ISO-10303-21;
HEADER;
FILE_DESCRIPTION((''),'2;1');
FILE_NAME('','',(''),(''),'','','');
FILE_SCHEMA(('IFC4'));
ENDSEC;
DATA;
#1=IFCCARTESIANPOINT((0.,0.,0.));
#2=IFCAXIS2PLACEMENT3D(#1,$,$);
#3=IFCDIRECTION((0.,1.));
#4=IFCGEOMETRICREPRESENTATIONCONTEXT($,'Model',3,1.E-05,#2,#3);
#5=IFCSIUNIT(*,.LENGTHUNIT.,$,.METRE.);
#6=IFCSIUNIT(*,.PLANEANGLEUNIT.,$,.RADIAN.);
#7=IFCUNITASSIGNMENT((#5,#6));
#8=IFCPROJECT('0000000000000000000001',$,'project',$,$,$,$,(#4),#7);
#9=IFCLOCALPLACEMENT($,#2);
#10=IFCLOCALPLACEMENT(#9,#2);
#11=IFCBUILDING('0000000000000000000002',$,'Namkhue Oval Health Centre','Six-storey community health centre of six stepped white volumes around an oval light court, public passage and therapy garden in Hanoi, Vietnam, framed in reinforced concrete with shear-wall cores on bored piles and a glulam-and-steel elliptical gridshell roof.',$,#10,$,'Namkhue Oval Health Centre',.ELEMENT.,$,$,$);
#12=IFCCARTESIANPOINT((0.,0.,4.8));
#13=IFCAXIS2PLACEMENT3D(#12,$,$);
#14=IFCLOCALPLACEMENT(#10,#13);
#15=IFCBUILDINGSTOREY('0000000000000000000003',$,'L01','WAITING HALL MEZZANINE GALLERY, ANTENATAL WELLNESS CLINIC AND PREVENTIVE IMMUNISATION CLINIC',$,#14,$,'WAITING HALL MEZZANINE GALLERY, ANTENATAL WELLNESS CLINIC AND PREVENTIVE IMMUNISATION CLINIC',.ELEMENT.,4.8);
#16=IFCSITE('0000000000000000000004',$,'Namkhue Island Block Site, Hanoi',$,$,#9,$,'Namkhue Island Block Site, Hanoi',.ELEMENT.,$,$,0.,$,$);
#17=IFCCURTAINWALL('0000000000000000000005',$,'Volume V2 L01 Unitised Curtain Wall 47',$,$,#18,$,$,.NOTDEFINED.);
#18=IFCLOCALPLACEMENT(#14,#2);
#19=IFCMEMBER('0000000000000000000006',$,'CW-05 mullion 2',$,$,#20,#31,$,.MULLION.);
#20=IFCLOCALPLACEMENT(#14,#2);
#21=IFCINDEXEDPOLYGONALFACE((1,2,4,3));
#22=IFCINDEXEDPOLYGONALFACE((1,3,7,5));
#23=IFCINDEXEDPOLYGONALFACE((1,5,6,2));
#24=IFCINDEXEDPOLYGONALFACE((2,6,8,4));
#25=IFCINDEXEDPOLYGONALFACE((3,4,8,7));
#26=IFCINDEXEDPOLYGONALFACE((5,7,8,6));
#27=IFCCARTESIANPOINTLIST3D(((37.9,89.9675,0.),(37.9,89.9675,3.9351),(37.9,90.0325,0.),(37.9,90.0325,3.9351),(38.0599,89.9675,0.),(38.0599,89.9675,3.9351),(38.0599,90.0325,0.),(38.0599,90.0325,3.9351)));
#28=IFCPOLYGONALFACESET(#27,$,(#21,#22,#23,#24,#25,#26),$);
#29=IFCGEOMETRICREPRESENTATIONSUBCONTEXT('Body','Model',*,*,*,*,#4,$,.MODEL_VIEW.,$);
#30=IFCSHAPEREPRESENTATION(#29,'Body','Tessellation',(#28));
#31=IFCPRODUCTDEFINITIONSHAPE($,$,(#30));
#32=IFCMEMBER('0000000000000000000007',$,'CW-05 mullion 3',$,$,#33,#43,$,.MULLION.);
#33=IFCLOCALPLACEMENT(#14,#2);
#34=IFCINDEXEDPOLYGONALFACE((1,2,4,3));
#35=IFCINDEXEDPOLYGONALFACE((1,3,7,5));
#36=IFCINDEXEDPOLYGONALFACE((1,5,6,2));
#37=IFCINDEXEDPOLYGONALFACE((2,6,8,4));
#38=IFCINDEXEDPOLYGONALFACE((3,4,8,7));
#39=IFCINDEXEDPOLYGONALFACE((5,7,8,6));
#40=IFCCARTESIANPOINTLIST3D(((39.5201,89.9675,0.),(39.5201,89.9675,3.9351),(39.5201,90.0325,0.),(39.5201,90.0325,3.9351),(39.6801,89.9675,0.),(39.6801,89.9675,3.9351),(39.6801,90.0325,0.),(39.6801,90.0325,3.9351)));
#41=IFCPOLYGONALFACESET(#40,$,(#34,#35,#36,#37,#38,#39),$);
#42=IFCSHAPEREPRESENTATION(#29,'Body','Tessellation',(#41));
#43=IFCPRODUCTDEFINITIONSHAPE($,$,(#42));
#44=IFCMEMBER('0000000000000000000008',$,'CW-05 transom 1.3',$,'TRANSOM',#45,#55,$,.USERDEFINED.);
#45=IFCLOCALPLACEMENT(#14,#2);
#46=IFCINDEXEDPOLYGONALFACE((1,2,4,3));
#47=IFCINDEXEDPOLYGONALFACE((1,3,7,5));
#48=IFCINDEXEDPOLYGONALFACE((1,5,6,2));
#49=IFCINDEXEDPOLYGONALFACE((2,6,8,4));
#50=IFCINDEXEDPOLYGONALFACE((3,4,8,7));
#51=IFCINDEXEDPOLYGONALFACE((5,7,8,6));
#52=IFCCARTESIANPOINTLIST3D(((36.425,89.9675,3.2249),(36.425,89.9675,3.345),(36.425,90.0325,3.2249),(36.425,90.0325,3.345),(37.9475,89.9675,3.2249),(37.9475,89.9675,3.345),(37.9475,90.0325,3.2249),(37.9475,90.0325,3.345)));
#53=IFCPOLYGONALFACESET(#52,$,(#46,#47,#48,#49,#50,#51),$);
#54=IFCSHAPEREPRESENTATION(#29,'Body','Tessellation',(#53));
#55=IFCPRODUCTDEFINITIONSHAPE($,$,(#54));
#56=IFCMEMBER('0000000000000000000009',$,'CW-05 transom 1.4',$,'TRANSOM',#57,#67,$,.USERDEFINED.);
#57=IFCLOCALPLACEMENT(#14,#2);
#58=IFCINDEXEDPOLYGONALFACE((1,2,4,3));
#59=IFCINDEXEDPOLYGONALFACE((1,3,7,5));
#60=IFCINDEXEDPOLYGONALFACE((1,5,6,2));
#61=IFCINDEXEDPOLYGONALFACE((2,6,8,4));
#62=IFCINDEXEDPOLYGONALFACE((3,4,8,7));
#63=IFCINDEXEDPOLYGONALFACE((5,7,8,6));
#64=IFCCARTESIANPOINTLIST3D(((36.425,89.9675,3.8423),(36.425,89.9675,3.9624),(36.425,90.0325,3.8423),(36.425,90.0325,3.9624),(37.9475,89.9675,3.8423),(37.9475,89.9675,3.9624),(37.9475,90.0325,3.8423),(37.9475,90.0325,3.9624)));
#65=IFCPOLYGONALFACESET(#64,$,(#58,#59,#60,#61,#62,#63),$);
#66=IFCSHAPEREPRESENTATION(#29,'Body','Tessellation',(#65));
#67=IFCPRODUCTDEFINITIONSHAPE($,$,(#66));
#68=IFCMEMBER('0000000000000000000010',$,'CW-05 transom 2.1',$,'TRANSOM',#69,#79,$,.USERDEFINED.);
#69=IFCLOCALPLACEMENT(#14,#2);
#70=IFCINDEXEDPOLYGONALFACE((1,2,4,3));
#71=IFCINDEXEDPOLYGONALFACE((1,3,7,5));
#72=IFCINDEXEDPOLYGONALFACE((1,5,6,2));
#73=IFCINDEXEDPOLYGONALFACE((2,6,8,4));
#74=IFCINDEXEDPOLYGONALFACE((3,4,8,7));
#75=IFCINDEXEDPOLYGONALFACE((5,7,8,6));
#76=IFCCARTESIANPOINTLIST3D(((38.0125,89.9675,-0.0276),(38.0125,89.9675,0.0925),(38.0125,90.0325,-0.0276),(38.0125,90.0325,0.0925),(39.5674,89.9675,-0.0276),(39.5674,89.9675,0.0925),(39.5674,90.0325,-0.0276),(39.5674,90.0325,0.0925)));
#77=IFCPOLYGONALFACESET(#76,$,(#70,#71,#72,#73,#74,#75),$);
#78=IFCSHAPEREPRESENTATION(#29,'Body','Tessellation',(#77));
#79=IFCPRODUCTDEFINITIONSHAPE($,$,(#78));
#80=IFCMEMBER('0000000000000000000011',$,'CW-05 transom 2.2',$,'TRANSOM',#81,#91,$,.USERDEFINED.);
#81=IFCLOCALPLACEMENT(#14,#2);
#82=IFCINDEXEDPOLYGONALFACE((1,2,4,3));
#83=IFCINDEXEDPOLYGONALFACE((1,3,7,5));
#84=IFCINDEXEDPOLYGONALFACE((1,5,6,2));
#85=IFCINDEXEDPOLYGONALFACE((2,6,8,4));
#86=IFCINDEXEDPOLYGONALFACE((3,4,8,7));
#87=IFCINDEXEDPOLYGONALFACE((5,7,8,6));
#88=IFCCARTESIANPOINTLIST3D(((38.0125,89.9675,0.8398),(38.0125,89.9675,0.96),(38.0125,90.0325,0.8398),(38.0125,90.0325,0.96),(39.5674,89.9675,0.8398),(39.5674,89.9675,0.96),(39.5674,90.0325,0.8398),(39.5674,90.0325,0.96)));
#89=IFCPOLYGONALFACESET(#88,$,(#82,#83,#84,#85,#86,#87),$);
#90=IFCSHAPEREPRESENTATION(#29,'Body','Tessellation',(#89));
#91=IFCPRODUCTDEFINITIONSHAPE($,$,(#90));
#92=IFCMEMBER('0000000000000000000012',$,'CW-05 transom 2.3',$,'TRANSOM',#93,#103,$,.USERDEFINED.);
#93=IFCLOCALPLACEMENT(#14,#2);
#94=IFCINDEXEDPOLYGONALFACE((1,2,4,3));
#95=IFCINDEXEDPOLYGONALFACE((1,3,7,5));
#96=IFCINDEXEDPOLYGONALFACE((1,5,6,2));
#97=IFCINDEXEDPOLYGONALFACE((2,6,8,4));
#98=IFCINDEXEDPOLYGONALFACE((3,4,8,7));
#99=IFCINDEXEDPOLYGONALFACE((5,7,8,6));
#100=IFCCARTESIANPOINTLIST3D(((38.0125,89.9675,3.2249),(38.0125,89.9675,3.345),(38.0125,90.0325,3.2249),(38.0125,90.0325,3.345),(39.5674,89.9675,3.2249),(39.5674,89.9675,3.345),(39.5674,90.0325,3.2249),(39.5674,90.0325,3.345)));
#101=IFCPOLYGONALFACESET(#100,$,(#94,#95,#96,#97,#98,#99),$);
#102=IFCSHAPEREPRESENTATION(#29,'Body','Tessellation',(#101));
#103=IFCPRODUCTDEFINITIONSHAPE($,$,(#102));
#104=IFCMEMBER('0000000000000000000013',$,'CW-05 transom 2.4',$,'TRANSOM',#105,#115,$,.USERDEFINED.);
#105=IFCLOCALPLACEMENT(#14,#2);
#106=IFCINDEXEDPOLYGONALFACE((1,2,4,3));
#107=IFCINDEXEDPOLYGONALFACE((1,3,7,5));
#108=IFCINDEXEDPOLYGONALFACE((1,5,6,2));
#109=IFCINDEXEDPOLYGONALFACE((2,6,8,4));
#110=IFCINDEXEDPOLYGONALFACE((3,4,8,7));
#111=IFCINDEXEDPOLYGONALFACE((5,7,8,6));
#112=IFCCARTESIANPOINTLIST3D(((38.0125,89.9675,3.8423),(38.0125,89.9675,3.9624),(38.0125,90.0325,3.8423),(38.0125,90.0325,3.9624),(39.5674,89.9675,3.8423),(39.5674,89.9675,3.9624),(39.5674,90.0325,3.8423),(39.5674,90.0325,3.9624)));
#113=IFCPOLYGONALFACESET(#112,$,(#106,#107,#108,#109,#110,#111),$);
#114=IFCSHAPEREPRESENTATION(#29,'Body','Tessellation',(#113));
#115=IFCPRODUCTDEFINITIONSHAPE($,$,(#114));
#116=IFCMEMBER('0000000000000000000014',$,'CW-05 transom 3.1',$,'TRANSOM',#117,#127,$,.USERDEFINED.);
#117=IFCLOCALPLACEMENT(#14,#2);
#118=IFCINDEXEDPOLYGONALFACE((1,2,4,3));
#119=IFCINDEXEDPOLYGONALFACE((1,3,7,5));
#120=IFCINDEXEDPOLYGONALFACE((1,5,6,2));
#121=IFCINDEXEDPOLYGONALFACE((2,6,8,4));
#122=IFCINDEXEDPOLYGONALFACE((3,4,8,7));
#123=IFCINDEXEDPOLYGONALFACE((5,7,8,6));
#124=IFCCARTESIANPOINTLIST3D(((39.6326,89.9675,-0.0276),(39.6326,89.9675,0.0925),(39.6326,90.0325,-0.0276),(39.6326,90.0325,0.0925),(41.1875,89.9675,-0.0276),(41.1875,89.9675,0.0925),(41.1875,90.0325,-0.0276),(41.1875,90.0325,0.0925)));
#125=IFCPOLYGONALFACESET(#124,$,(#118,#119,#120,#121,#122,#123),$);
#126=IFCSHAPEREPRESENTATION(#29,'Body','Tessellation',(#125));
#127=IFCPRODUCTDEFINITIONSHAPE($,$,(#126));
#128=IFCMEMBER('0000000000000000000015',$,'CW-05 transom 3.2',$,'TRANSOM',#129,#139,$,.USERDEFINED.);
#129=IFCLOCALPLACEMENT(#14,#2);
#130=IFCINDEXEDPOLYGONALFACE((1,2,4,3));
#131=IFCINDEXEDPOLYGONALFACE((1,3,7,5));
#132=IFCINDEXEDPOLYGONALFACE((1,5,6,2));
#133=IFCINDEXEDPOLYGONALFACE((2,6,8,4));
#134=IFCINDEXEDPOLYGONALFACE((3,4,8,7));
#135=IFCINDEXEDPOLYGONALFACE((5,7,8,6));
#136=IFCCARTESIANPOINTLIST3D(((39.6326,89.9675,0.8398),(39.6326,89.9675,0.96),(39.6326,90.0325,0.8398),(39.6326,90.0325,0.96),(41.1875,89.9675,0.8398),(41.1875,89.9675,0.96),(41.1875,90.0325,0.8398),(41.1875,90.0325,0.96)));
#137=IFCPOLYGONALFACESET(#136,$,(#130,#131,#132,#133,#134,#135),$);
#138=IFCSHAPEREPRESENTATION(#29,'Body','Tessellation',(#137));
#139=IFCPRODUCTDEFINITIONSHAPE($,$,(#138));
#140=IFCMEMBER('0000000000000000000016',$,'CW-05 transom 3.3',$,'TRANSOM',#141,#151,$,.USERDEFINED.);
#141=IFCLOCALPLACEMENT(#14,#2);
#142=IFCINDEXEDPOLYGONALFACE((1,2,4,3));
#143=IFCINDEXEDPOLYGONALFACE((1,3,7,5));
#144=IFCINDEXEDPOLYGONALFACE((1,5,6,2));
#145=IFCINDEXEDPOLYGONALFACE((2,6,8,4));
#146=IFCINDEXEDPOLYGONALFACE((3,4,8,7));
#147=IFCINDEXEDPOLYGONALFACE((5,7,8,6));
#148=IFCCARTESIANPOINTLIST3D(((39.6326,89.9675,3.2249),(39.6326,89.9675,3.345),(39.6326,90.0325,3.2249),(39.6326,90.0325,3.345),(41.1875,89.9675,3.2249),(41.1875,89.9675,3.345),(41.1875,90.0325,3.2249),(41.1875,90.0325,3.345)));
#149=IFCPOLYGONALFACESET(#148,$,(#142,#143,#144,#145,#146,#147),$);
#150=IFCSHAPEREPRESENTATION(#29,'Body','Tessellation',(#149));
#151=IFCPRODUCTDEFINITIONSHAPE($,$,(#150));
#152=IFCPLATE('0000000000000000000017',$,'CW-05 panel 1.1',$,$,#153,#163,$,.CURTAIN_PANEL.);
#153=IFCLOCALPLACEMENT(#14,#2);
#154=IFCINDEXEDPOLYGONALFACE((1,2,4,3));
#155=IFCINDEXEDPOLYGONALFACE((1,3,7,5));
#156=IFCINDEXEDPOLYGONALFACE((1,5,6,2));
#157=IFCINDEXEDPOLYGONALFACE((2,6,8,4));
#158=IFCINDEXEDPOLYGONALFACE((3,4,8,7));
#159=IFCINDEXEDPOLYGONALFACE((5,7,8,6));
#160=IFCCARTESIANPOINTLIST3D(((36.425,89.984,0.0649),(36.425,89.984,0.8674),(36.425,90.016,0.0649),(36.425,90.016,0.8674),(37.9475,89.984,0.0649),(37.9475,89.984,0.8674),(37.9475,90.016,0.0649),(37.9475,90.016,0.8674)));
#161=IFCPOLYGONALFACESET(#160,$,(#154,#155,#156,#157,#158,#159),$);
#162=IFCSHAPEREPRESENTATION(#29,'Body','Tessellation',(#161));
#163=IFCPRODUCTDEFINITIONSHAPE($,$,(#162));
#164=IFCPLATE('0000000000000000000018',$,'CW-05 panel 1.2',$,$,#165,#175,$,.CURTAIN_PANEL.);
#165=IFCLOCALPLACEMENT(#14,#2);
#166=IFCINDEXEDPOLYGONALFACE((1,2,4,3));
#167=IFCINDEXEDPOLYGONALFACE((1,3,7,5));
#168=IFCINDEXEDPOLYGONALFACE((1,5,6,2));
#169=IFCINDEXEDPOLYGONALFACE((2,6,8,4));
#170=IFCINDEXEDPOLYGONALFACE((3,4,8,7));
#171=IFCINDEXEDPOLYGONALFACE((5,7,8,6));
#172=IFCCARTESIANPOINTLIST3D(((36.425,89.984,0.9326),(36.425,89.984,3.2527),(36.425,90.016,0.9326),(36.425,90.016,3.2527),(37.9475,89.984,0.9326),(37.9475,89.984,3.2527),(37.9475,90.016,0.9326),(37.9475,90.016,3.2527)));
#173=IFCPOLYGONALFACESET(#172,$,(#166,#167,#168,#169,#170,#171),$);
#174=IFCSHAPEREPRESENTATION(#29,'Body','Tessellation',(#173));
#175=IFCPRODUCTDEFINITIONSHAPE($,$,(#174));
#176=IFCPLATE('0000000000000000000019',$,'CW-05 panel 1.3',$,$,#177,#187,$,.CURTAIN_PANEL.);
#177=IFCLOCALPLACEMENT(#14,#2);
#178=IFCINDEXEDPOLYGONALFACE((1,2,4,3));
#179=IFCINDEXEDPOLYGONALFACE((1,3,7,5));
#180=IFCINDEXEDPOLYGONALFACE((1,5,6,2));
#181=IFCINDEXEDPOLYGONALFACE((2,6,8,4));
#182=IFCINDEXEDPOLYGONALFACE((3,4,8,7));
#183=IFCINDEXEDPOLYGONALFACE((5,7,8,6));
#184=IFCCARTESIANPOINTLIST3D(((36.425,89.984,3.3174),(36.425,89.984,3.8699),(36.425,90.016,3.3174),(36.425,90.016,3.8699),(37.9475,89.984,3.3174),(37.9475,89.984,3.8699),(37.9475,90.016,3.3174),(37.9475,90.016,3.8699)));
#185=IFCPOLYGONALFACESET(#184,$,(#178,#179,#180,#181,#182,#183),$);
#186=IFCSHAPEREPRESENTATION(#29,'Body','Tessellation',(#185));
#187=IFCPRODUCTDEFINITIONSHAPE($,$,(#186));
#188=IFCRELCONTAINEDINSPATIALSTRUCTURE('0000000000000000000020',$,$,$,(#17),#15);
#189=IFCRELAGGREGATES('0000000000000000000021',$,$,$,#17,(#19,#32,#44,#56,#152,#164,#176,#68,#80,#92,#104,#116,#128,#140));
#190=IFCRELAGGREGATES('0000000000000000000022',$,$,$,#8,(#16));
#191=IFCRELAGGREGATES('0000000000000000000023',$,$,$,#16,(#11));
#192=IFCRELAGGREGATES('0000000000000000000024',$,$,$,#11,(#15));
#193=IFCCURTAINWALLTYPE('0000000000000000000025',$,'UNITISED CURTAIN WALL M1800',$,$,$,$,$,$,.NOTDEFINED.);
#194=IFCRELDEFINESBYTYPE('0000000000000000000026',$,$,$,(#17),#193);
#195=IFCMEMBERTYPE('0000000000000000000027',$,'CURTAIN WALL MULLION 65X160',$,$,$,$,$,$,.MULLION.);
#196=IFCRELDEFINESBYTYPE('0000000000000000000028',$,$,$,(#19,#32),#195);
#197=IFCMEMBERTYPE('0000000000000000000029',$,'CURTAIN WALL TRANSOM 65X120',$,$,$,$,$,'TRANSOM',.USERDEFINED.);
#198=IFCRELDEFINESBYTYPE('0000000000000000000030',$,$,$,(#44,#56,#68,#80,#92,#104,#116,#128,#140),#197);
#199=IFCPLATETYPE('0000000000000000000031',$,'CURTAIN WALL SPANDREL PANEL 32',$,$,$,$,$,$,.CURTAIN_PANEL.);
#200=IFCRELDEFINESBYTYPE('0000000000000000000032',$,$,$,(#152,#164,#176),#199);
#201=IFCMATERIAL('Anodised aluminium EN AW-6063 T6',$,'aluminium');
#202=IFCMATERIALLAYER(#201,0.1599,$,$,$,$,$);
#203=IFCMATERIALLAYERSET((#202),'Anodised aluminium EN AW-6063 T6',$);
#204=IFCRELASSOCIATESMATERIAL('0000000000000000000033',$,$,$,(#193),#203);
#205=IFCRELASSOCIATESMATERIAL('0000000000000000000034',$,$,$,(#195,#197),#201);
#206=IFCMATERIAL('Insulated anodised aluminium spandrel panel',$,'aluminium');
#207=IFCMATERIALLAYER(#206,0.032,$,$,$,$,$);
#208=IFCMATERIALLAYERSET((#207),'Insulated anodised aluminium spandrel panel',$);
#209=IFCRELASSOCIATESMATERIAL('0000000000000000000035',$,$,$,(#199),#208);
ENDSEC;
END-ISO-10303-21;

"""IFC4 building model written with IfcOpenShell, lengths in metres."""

from ifc_helpers import new_model, si_unit, direction, frame, origin, origin_2d, place, context, subcontext, project, spatial, rectangle, extrude, material, layer, layer_set, material_profile, profile_set, type_object, element, aggregate, save


model = new_model("IFC4")

# Units and contexts
model_context = context("Model", 3, precision=1e-05, world=origin(), true_north=direction((0.0, 1.0)))
body_context = subcontext(model_context, "Body", "Model", "MODEL_VIEW")
ifc_project = project(units=[si_unit("LENGTHUNIT", "METRE"), si_unit("PLANEANGLEUNIT", "RADIAN")], contexts=[model_context])

# Site, building, storey
site_placement = place(None, origin())
site = spatial("IfcSite", under=ifc_project, at=site_placement, Name="Namkhue Island Block Site, Hanoi", LongName="Namkhue Island Block Site, Hanoi", CompositionType="ELEMENT", RefElevation=0.0)
building_placement = place(site_placement, origin())
building = spatial("IfcBuilding", under=site, at=building_placement, Name="Namkhue Oval Health Centre", Description="Six-storey community health centre of six stepped white volumes around an oval light court, public passage and therapy garden in Hanoi, Vietnam, framed in reinforced concrete with shear-wall cores on bored piles and a glulam-and-steel elliptical gridshell roof.", LongName="Namkhue Oval Health Centre", CompositionType="ELEMENT")
storey_placement = place(building_placement, frame((0.0, 0.0, 4.8)))
storey = spatial("IfcBuildingStorey", under=building, at=storey_placement, Name="L01", Description="WAITING HALL MEZZANINE GALLERY, ANTENATAL WELLNESS CLINIC AND PREVENTIVE IMMUNISATION CLINIC", LongName="WAITING HALL MEZZANINE GALLERY, ANTENATAL WELLNESS CLINIC AND PREVENTIVE IMMUNISATION CLINIC", CompositionType="ELEMENT", Elevation=4.8)

# Curtain wall, members, plates
ifc_material_1 = material(Name="Anodised aluminium EN AW-6063 T6", Category="aluminium")
ifc_layer_1 = layer(ifc_material_1, 0.1599)
ifc_layer_set_1 = layer_set([ifc_layer_1], Name="Anodised aluminium EN AW-6063 T6")
curtain_wall_type = type_object("IfcCurtainWallType", Name="UNITISED CURTAIN WALL M1800", PredefinedType="NOTDEFINED", material=ifc_layer_set_1)
curtain_wall_placement = place(storey_placement, origin())
curtain_wall = element("IfcCurtainWall", 1, at=curtain_wall_placement, inside=storey, type_object=curtain_wall_type, Name="Volume V2 L01 Unitised Curtain Wall 47", PredefinedType="NOTDEFINED")
ifc_material_profile_1 = material_profile(ifc_material_1, rectangle(XDim=0.0649, YDim=0.1599, at=origin_2d()), Name="ALU 65x160")
ifc_profile_set_1 = profile_set([ifc_material_profile_1], Name="Anodised aluminium EN AW-6063 T6")
member_type_1 = type_object("IfcMemberType", Name="CURTAIN WALL MULLION 65X160", PredefinedType="MULLION", material=ifc_profile_set_1)
member_1_placement = place(storey_placement, frame((37.98, 90.0, 0.0), z_axis=(0.0, 0.0, 1.0), x_axis=(0.0, 1.0, 0.0)))
member_1 = element("IfcMember", 2, at=member_1_placement, type_object=member_type_1, Name="CW-05 mullion 2", PredefinedType="MULLION", context=body_context, shape_type="SweptSolid", body=[
    extrude(rectangle(XDim=0.0649, YDim=0.1599, at=origin_2d()), origin(), (0.0, 0.0, 1.0), 3.9351),
])
member_2_placement = place(storey_placement, frame((39.6001, 90.0, 0.0), z_axis=(0.0, 0.0, 1.0), x_axis=(0.0, 1.0, 0.0)))
member_2 = element("IfcMember", 3, at=member_2_placement, type_object=member_type_1, Name="CW-05 mullion 3", PredefinedType="MULLION", context=body_context, shape_type="SweptSolid", body=[
    extrude(rectangle(XDim=0.0649, YDim=0.1599, at=origin_2d()), origin(), (0.0, 0.0, 1.0), 3.9351),
])
ifc_material_profile_2 = material_profile(ifc_material_1, rectangle(XDim=0.0649, YDim=0.1201, at=origin_2d()), Name="ALU 65x120")
ifc_profile_set_2 = profile_set([ifc_material_profile_2], Name="Anodised aluminium EN AW-6063 T6")
member_type_2 = type_object("IfcMemberType", Name="CURTAIN WALL TRANSOM 65X120", ElementType="TRANSOM", PredefinedType="USERDEFINED", material=ifc_profile_set_2)
member_3_placement = place(storey_placement, frame((36.425, 90.0, 3.2849), z_axis=(1.0, 0.0, 0.0), x_axis=(0.0, 1.0, 0.0)))
member_3 = element("IfcMember", 4, at=member_3_placement, type_object=member_type_2, Name="CW-05 transom 1.3", ObjectType="TRANSOM", PredefinedType="USERDEFINED", context=body_context, shape_type="SweptSolid", body=[
    extrude(rectangle(XDim=0.0649, YDim=0.1201, at=origin_2d()), origin(), (0.0, 0.0, 1.0), 1.5225),
])
member_4_placement = place(storey_placement, frame((36.425, 90.0, 3.9023), z_axis=(1.0, 0.0, 0.0), x_axis=(0.0, 1.0, 0.0)))
member_4 = element("IfcMember", 5, at=member_4_placement, type_object=member_type_2, Name="CW-05 transom 1.4", ObjectType="TRANSOM", PredefinedType="USERDEFINED", context=body_context, shape_type="SweptSolid", body=[
    extrude(rectangle(XDim=0.0649, YDim=0.1201, at=origin_2d()), origin(), (0.0, 0.0, 1.0), 1.5225),
])
member_5_placement = place(storey_placement, frame((38.0125, 90.0, 0.0325), z_axis=(1.0, 0.0, 0.0), x_axis=(0.0, 1.0, 0.0)))
member_5 = element("IfcMember", 6, at=member_5_placement, type_object=member_type_2, Name="CW-05 transom 2.1", ObjectType="TRANSOM", PredefinedType="USERDEFINED", context=body_context, shape_type="SweptSolid", body=[
    extrude(rectangle(XDim=0.0649, YDim=0.1201, at=origin_2d()), origin(), (0.0, 0.0, 1.0), 1.5549),
])
member_6_placement = place(storey_placement, frame((38.0125, 90.0, 0.8999), z_axis=(1.0, 0.0, 0.0), x_axis=(0.0, 1.0, 0.0)))
member_6 = element("IfcMember", 7, at=member_6_placement, type_object=member_type_2, Name="CW-05 transom 2.2", ObjectType="TRANSOM", PredefinedType="USERDEFINED", context=body_context, shape_type="SweptSolid", body=[
    extrude(rectangle(XDim=0.0649, YDim=0.1201, at=origin_2d()), origin(), (0.0, 0.0, 1.0), 1.5549),
])
member_7_placement = place(storey_placement, frame((38.0125, 90.0, 3.2849), z_axis=(1.0, 0.0, 0.0), x_axis=(0.0, 1.0, 0.0)))
member_7 = element("IfcMember", 8, at=member_7_placement, type_object=member_type_2, Name="CW-05 transom 2.3", ObjectType="TRANSOM", PredefinedType="USERDEFINED", context=body_context, shape_type="SweptSolid", body=[
    extrude(rectangle(XDim=0.0649, YDim=0.1201, at=origin_2d()), origin(), (0.0, 0.0, 1.0), 1.5549),
])
member_8_placement = place(storey_placement, frame((38.0125, 90.0, 3.9023), z_axis=(1.0, 0.0, 0.0), x_axis=(0.0, 1.0, 0.0)))
member_8 = element("IfcMember", 9, at=member_8_placement, type_object=member_type_2, Name="CW-05 transom 2.4", ObjectType="TRANSOM", PredefinedType="USERDEFINED", context=body_context, shape_type="SweptSolid", body=[
    extrude(rectangle(XDim=0.0649, YDim=0.1201, at=origin_2d()), origin(), (0.0, 0.0, 1.0), 1.5549),
])
member_9_placement = place(storey_placement, frame((39.6326, 90.0, 0.0325), z_axis=(1.0, 0.0, 0.0), x_axis=(0.0, 1.0, 0.0)))
member_9 = element("IfcMember", 10, at=member_9_placement, type_object=member_type_2, Name="CW-05 transom 3.1", ObjectType="TRANSOM", PredefinedType="USERDEFINED", context=body_context, shape_type="SweptSolid", body=[
    extrude(rectangle(XDim=0.0649, YDim=0.1201, at=origin_2d()), origin(), (0.0, 0.0, 1.0), 1.5549),
])
member_10_placement = place(storey_placement, frame((39.6326, 90.0, 0.8999), z_axis=(1.0, 0.0, 0.0), x_axis=(0.0, 1.0, 0.0)))
member_10 = element("IfcMember", 11, at=member_10_placement, type_object=member_type_2, Name="CW-05 transom 3.2", ObjectType="TRANSOM", PredefinedType="USERDEFINED", context=body_context, shape_type="SweptSolid", body=[
    extrude(rectangle(XDim=0.0649, YDim=0.1201, at=origin_2d()), origin(), (0.0, 0.0, 1.0), 1.5549),
])
member_11_placement = place(storey_placement, frame((39.6326, 90.0, 3.2849), z_axis=(1.0, 0.0, 0.0), x_axis=(0.0, 1.0, 0.0)))
member_11 = element("IfcMember", 12, at=member_11_placement, type_object=member_type_2, Name="CW-05 transom 3.3", ObjectType="TRANSOM", PredefinedType="USERDEFINED", context=body_context, shape_type="SweptSolid", body=[
    extrude(rectangle(XDim=0.0649, YDim=0.1201, at=origin_2d()), origin(), (0.0, 0.0, 1.0), 1.5549),
])
ifc_material_2 = material(Name="Insulated anodised aluminium spandrel panel", Category="aluminium")
ifc_layer_2 = layer(ifc_material_2, 0.032)
ifc_layer_set_2 = layer_set([ifc_layer_2], Name="Insulated anodised aluminium spandrel panel")
plate_type = type_object("IfcPlateType", Name="CURTAIN WALL SPANDREL PANEL 32", PredefinedType="CURTAIN_PANEL", material=ifc_layer_set_2)
plate_1_placement = place(storey_placement, frame((37.1863, 90.0, 0.0649), z_axis=(0.0, 0.0, 1.0), x_axis=(1.0, 0.0, 0.0)))
plate_1 = element("IfcPlate", 13, at=plate_1_placement, type_object=plate_type, Name="CW-05 panel 1.1", PredefinedType="CURTAIN_PANEL", context=body_context, shape_type="SweptSolid", body=[
    extrude(rectangle(XDim=1.5225, YDim=0.032, at=origin_2d()), origin(), (0.0, 0.0, 1.0), 0.8025),
])
plate_2_placement = place(storey_placement, frame((37.1863, 90.0, 0.9326), z_axis=(0.0, 0.0, 1.0), x_axis=(1.0, 0.0, 0.0)))
plate_2 = element("IfcPlate", 14, at=plate_2_placement, type_object=plate_type, Name="CW-05 panel 1.2", PredefinedType="CURTAIN_PANEL", context=body_context, shape_type="SweptSolid", body=[
    extrude(rectangle(XDim=1.5225, YDim=0.032, at=origin_2d()), origin(), (0.0, 0.0, 1.0), 2.3201),
])
plate_3_placement = place(storey_placement, frame((37.1863, 90.0, 3.3174), z_axis=(0.0, 0.0, 1.0), x_axis=(1.0, 0.0, 0.0)))
plate_3 = element("IfcPlate", 15, at=plate_3_placement, type_object=plate_type, Name="CW-05 panel 1.3", PredefinedType="CURTAIN_PANEL", context=body_context, shape_type="SweptSolid", body=[
    extrude(rectangle(XDim=1.5225, YDim=0.032, at=origin_2d()), origin(), (0.0, 0.0, 1.0), 0.5525),
])
aggregate(curtain_wall, [member_1, member_2, member_3, member_4, plate_1, plate_2, plate_3, member_5, member_6, member_7, member_8, member_9, member_10, member_11])

save(model, "model.ifc")
